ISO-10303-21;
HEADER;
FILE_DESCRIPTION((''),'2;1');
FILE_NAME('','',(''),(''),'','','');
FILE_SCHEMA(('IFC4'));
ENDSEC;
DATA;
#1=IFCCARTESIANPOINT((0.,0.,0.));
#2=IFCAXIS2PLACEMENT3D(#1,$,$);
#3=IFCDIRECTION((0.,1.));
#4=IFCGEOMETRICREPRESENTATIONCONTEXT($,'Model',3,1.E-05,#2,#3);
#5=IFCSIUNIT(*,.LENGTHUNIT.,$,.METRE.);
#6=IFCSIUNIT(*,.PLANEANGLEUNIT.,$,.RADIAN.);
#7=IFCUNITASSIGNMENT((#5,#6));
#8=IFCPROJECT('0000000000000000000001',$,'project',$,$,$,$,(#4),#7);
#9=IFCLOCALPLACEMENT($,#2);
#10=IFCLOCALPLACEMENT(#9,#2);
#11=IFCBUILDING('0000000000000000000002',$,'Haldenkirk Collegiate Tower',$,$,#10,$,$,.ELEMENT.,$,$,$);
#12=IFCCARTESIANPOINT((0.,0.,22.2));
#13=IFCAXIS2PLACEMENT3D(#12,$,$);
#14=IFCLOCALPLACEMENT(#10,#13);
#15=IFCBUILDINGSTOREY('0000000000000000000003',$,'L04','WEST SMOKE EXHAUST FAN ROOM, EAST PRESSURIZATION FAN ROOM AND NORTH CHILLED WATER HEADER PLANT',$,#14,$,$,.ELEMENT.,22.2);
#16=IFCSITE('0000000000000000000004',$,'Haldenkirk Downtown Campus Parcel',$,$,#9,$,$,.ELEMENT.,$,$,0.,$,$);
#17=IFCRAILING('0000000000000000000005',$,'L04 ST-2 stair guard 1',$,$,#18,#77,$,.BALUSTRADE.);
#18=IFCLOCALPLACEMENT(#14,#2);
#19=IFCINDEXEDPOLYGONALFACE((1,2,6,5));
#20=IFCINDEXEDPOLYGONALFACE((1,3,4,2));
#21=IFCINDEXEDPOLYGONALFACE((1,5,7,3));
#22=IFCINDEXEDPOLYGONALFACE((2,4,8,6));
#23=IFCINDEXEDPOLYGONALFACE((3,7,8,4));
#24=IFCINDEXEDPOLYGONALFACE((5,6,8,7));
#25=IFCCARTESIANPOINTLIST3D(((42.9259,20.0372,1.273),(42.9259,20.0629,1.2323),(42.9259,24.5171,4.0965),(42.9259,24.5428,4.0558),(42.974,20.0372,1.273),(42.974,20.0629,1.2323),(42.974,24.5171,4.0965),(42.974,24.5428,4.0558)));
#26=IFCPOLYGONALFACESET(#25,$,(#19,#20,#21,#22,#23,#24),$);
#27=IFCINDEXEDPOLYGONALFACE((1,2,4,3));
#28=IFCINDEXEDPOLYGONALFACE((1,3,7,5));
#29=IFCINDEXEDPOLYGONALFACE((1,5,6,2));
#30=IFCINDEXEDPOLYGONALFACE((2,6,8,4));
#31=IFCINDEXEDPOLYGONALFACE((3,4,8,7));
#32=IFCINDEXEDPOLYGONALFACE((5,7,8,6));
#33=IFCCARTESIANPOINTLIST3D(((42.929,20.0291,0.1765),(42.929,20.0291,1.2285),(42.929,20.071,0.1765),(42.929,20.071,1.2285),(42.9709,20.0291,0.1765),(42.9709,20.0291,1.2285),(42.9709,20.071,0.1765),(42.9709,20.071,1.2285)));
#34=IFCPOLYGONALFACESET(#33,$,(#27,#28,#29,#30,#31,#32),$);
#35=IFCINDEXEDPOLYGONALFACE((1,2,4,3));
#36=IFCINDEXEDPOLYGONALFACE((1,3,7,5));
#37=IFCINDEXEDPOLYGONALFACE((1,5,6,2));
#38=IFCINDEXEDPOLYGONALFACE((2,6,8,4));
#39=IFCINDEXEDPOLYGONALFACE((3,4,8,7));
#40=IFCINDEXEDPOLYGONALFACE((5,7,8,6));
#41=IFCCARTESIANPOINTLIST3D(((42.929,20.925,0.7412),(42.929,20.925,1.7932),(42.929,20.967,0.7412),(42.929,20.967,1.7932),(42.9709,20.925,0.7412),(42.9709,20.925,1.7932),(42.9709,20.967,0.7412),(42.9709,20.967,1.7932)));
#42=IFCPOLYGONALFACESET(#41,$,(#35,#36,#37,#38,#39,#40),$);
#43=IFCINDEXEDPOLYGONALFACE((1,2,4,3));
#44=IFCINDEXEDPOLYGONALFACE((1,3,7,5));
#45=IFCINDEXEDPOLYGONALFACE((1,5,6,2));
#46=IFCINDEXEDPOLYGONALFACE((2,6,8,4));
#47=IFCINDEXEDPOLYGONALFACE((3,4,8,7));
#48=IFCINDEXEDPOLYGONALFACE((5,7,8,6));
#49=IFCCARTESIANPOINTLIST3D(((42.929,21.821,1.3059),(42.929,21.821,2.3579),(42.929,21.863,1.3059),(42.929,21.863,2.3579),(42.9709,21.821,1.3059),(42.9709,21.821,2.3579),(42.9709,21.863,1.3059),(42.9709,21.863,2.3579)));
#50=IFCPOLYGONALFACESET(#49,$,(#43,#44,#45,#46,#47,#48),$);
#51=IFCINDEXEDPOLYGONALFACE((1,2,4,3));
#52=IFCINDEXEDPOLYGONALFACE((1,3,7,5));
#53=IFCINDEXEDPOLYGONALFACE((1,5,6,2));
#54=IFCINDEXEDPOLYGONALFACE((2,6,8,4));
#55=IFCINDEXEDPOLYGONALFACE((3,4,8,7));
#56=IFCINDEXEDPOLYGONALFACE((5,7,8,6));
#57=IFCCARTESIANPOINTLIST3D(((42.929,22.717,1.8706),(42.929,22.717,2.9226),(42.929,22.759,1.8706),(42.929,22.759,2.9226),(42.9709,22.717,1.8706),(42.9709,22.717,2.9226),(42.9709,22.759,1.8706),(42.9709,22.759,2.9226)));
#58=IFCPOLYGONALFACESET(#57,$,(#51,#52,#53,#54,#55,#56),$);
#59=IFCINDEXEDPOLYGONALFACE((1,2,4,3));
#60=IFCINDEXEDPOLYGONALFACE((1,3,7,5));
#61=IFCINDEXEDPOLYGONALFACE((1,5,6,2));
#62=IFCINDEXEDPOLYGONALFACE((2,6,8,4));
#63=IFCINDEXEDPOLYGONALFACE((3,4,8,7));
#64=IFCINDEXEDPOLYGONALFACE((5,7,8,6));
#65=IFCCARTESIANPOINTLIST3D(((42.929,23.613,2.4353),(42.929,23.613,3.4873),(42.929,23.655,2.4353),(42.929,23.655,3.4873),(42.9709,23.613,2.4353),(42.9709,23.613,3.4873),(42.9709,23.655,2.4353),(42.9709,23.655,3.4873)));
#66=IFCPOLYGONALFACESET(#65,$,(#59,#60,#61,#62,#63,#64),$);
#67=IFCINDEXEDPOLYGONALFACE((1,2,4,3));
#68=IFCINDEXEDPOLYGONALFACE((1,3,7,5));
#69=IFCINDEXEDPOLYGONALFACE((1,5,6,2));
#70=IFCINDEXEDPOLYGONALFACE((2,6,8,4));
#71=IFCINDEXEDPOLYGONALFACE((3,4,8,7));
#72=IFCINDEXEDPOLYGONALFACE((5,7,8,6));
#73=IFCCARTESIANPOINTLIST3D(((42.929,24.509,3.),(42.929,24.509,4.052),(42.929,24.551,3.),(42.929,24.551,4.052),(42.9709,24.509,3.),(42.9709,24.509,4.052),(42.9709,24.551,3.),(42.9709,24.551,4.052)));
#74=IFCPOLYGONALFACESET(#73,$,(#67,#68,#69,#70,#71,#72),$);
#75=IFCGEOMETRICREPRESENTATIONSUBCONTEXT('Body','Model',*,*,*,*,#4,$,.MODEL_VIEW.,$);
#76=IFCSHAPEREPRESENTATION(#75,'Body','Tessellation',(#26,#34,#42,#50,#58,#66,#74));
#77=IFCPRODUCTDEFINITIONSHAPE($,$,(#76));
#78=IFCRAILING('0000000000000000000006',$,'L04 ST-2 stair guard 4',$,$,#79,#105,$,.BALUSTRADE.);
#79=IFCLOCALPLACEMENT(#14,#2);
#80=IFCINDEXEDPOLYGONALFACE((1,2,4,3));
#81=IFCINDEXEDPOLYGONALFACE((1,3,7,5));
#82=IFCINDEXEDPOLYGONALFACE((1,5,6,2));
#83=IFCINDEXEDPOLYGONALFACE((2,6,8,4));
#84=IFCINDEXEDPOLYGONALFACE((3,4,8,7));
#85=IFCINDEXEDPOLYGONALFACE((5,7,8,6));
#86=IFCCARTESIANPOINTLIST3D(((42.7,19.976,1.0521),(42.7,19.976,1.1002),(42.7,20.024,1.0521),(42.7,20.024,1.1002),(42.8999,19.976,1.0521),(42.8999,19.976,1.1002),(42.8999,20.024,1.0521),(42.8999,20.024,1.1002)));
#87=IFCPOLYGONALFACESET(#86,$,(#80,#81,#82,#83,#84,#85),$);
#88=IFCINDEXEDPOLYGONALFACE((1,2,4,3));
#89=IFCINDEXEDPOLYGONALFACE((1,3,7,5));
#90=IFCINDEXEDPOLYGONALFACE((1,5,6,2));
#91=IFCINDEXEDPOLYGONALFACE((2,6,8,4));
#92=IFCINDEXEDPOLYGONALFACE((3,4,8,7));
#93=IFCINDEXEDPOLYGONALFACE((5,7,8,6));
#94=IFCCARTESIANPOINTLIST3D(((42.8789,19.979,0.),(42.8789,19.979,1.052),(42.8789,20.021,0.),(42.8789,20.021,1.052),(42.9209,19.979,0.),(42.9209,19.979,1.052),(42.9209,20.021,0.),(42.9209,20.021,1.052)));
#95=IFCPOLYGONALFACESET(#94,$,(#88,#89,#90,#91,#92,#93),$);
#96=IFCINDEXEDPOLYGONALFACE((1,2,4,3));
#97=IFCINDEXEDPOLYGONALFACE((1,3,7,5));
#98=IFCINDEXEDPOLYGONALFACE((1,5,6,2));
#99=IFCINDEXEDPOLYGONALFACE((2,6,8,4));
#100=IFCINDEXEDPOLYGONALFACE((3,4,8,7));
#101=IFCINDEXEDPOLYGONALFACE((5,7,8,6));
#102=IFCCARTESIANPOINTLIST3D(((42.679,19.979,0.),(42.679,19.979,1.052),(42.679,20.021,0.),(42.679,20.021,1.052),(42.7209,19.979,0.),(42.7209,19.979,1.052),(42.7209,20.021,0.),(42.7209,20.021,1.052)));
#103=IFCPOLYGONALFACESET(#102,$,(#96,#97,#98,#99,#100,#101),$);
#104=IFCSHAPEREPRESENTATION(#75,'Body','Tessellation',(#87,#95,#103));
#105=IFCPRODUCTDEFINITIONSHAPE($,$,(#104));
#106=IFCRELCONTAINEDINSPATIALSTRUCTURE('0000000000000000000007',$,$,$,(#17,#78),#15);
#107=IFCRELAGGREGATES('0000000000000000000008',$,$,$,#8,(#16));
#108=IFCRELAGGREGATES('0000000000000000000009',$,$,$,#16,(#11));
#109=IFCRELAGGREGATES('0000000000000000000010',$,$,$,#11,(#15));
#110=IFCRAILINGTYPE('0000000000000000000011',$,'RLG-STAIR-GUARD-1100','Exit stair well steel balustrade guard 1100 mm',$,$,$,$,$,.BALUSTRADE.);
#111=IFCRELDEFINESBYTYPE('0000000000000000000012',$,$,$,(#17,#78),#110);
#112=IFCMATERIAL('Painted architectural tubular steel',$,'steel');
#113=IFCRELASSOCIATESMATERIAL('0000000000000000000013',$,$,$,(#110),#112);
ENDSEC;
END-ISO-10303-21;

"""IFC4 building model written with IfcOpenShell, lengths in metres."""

from ifc_helpers import new_model, si_unit, direction, frame, origin, origin_2d, place, context, subcontext, project, spatial, rectangle, extrude, material, type_object, element, save


model = new_model("IFC4")

# Units and contexts
model_context = context("Model", 3, precision=1e-05, world=origin(), true_north=direction((0.0, 1.0)))
body_context = subcontext(model_context, "Body", "Model", "MODEL_VIEW")
ifc_project = project(units=[si_unit("LENGTHUNIT", "METRE"), si_unit("PLANEANGLEUNIT", "RADIAN")], contexts=[model_context])

# Site, building, storey
site_placement = place(None, origin())
site = spatial("IfcSite", under=ifc_project, at=site_placement, Name="Haldenkirk Downtown Campus Parcel", CompositionType="ELEMENT", RefElevation=0.0)
building_placement = place(site_placement, origin())
building = spatial("IfcBuilding", under=site, at=building_placement, Name="Haldenkirk Collegiate Tower", CompositionType="ELEMENT")
storey_placement = place(building_placement, frame((0.0, 0.0, 22.2)))
storey = spatial("IfcBuildingStorey", under=building, at=storey_placement, Name="L04", Description="WEST SMOKE EXHAUST FAN ROOM, EAST PRESSURIZATION FAN ROOM AND NORTH CHILLED WATER HEADER PLANT", CompositionType="ELEMENT", Elevation=22.2)

# Railings
ifc_material_1 = material(Name="Painted architectural tubular steel", Category="steel")
railing_type = type_object("IfcRailingType", Name="RLG-STAIR-GUARD-1100", Description="Exit stair well steel balustrade guard 1100 mm", PredefinedType="BALUSTRADE", material=ifc_material_1)
railing_1_placement = place(storey_placement, frame((42.95, 20.05, 0.1765)))
element("IfcRailing", 1, at=railing_1_placement, inside=storey, type_object=railing_type, Name="L04 ST-2 stair guard 1", PredefinedType="BALUSTRADE", context=body_context, shape_type="SweptSolid", body=[
    extrude(rectangle(XDim=0.0481, YDim=0.0481, at=origin_2d()), frame((0.0, 0.0, 1.0762), z_axis=(0.0, 0.845998, 0.533186), x_axis=(-1.0, 0.0, 0.0)), (0.0, 0.0, 1.0), 5.2954),
    extrude(rectangle(XDim=0.042, YDim=0.042, at=origin_2d()), origin(), (0.0, 0.0, 1.0), 1.052),
    extrude(rectangle(XDim=0.042, YDim=0.042, at=origin_2d()), frame((0.0, 0.896, 0.5647)), (0.0, 0.0, 1.0), 1.052),
    extrude(rectangle(XDim=0.042, YDim=0.042, at=origin_2d()), frame((0.0, 1.792, 1.1294)), (0.0, 0.0, 1.0), 1.052),
    extrude(rectangle(XDim=0.042, YDim=0.042, at=origin_2d()), frame((0.0, 2.688, 1.6941)), (0.0, 0.0, 1.0), 1.052),
    extrude(rectangle(XDim=0.042, YDim=0.042, at=origin_2d()), frame((0.0, 3.584, 2.2588)), (0.0, 0.0, 1.0), 1.052),
    extrude(rectangle(XDim=0.042, YDim=0.042, at=origin_2d()), frame((0.0, 4.48, 2.8235)), (0.0, 0.0, 1.0), 1.052),
])
railing_2_placement = place(storey_placement, frame((42.8999, 20.0, 0.0)))
element("IfcRailing", 2, at=railing_2_placement, inside=storey, type_object=railing_type, Name="L04 ST-2 stair guard 4", PredefinedType="BALUSTRADE", context=body_context, shape_type="SweptSolid", body=[
    extrude(rectangle(XDim=0.0481, YDim=0.0481, at=origin_2d()), frame((0.0, 0.0, 1.0762), z_axis=(-1.0, 0.0, 0.0), x_axis=(0.0, -1.0, 0.0)), (0.0, 0.0, 1.0), 0.2),
    extrude(rectangle(XDim=0.042, YDim=0.042, at=origin_2d()), origin(), (0.0, 0.0, 1.0), 1.052),
    extrude(rectangle(XDim=0.042, YDim=0.042, at=origin_2d()), frame((-0.2, 0.0, 0.0)), (0.0, 0.0, 1.0), 1.052),
])

save(model, "model.ifc")
